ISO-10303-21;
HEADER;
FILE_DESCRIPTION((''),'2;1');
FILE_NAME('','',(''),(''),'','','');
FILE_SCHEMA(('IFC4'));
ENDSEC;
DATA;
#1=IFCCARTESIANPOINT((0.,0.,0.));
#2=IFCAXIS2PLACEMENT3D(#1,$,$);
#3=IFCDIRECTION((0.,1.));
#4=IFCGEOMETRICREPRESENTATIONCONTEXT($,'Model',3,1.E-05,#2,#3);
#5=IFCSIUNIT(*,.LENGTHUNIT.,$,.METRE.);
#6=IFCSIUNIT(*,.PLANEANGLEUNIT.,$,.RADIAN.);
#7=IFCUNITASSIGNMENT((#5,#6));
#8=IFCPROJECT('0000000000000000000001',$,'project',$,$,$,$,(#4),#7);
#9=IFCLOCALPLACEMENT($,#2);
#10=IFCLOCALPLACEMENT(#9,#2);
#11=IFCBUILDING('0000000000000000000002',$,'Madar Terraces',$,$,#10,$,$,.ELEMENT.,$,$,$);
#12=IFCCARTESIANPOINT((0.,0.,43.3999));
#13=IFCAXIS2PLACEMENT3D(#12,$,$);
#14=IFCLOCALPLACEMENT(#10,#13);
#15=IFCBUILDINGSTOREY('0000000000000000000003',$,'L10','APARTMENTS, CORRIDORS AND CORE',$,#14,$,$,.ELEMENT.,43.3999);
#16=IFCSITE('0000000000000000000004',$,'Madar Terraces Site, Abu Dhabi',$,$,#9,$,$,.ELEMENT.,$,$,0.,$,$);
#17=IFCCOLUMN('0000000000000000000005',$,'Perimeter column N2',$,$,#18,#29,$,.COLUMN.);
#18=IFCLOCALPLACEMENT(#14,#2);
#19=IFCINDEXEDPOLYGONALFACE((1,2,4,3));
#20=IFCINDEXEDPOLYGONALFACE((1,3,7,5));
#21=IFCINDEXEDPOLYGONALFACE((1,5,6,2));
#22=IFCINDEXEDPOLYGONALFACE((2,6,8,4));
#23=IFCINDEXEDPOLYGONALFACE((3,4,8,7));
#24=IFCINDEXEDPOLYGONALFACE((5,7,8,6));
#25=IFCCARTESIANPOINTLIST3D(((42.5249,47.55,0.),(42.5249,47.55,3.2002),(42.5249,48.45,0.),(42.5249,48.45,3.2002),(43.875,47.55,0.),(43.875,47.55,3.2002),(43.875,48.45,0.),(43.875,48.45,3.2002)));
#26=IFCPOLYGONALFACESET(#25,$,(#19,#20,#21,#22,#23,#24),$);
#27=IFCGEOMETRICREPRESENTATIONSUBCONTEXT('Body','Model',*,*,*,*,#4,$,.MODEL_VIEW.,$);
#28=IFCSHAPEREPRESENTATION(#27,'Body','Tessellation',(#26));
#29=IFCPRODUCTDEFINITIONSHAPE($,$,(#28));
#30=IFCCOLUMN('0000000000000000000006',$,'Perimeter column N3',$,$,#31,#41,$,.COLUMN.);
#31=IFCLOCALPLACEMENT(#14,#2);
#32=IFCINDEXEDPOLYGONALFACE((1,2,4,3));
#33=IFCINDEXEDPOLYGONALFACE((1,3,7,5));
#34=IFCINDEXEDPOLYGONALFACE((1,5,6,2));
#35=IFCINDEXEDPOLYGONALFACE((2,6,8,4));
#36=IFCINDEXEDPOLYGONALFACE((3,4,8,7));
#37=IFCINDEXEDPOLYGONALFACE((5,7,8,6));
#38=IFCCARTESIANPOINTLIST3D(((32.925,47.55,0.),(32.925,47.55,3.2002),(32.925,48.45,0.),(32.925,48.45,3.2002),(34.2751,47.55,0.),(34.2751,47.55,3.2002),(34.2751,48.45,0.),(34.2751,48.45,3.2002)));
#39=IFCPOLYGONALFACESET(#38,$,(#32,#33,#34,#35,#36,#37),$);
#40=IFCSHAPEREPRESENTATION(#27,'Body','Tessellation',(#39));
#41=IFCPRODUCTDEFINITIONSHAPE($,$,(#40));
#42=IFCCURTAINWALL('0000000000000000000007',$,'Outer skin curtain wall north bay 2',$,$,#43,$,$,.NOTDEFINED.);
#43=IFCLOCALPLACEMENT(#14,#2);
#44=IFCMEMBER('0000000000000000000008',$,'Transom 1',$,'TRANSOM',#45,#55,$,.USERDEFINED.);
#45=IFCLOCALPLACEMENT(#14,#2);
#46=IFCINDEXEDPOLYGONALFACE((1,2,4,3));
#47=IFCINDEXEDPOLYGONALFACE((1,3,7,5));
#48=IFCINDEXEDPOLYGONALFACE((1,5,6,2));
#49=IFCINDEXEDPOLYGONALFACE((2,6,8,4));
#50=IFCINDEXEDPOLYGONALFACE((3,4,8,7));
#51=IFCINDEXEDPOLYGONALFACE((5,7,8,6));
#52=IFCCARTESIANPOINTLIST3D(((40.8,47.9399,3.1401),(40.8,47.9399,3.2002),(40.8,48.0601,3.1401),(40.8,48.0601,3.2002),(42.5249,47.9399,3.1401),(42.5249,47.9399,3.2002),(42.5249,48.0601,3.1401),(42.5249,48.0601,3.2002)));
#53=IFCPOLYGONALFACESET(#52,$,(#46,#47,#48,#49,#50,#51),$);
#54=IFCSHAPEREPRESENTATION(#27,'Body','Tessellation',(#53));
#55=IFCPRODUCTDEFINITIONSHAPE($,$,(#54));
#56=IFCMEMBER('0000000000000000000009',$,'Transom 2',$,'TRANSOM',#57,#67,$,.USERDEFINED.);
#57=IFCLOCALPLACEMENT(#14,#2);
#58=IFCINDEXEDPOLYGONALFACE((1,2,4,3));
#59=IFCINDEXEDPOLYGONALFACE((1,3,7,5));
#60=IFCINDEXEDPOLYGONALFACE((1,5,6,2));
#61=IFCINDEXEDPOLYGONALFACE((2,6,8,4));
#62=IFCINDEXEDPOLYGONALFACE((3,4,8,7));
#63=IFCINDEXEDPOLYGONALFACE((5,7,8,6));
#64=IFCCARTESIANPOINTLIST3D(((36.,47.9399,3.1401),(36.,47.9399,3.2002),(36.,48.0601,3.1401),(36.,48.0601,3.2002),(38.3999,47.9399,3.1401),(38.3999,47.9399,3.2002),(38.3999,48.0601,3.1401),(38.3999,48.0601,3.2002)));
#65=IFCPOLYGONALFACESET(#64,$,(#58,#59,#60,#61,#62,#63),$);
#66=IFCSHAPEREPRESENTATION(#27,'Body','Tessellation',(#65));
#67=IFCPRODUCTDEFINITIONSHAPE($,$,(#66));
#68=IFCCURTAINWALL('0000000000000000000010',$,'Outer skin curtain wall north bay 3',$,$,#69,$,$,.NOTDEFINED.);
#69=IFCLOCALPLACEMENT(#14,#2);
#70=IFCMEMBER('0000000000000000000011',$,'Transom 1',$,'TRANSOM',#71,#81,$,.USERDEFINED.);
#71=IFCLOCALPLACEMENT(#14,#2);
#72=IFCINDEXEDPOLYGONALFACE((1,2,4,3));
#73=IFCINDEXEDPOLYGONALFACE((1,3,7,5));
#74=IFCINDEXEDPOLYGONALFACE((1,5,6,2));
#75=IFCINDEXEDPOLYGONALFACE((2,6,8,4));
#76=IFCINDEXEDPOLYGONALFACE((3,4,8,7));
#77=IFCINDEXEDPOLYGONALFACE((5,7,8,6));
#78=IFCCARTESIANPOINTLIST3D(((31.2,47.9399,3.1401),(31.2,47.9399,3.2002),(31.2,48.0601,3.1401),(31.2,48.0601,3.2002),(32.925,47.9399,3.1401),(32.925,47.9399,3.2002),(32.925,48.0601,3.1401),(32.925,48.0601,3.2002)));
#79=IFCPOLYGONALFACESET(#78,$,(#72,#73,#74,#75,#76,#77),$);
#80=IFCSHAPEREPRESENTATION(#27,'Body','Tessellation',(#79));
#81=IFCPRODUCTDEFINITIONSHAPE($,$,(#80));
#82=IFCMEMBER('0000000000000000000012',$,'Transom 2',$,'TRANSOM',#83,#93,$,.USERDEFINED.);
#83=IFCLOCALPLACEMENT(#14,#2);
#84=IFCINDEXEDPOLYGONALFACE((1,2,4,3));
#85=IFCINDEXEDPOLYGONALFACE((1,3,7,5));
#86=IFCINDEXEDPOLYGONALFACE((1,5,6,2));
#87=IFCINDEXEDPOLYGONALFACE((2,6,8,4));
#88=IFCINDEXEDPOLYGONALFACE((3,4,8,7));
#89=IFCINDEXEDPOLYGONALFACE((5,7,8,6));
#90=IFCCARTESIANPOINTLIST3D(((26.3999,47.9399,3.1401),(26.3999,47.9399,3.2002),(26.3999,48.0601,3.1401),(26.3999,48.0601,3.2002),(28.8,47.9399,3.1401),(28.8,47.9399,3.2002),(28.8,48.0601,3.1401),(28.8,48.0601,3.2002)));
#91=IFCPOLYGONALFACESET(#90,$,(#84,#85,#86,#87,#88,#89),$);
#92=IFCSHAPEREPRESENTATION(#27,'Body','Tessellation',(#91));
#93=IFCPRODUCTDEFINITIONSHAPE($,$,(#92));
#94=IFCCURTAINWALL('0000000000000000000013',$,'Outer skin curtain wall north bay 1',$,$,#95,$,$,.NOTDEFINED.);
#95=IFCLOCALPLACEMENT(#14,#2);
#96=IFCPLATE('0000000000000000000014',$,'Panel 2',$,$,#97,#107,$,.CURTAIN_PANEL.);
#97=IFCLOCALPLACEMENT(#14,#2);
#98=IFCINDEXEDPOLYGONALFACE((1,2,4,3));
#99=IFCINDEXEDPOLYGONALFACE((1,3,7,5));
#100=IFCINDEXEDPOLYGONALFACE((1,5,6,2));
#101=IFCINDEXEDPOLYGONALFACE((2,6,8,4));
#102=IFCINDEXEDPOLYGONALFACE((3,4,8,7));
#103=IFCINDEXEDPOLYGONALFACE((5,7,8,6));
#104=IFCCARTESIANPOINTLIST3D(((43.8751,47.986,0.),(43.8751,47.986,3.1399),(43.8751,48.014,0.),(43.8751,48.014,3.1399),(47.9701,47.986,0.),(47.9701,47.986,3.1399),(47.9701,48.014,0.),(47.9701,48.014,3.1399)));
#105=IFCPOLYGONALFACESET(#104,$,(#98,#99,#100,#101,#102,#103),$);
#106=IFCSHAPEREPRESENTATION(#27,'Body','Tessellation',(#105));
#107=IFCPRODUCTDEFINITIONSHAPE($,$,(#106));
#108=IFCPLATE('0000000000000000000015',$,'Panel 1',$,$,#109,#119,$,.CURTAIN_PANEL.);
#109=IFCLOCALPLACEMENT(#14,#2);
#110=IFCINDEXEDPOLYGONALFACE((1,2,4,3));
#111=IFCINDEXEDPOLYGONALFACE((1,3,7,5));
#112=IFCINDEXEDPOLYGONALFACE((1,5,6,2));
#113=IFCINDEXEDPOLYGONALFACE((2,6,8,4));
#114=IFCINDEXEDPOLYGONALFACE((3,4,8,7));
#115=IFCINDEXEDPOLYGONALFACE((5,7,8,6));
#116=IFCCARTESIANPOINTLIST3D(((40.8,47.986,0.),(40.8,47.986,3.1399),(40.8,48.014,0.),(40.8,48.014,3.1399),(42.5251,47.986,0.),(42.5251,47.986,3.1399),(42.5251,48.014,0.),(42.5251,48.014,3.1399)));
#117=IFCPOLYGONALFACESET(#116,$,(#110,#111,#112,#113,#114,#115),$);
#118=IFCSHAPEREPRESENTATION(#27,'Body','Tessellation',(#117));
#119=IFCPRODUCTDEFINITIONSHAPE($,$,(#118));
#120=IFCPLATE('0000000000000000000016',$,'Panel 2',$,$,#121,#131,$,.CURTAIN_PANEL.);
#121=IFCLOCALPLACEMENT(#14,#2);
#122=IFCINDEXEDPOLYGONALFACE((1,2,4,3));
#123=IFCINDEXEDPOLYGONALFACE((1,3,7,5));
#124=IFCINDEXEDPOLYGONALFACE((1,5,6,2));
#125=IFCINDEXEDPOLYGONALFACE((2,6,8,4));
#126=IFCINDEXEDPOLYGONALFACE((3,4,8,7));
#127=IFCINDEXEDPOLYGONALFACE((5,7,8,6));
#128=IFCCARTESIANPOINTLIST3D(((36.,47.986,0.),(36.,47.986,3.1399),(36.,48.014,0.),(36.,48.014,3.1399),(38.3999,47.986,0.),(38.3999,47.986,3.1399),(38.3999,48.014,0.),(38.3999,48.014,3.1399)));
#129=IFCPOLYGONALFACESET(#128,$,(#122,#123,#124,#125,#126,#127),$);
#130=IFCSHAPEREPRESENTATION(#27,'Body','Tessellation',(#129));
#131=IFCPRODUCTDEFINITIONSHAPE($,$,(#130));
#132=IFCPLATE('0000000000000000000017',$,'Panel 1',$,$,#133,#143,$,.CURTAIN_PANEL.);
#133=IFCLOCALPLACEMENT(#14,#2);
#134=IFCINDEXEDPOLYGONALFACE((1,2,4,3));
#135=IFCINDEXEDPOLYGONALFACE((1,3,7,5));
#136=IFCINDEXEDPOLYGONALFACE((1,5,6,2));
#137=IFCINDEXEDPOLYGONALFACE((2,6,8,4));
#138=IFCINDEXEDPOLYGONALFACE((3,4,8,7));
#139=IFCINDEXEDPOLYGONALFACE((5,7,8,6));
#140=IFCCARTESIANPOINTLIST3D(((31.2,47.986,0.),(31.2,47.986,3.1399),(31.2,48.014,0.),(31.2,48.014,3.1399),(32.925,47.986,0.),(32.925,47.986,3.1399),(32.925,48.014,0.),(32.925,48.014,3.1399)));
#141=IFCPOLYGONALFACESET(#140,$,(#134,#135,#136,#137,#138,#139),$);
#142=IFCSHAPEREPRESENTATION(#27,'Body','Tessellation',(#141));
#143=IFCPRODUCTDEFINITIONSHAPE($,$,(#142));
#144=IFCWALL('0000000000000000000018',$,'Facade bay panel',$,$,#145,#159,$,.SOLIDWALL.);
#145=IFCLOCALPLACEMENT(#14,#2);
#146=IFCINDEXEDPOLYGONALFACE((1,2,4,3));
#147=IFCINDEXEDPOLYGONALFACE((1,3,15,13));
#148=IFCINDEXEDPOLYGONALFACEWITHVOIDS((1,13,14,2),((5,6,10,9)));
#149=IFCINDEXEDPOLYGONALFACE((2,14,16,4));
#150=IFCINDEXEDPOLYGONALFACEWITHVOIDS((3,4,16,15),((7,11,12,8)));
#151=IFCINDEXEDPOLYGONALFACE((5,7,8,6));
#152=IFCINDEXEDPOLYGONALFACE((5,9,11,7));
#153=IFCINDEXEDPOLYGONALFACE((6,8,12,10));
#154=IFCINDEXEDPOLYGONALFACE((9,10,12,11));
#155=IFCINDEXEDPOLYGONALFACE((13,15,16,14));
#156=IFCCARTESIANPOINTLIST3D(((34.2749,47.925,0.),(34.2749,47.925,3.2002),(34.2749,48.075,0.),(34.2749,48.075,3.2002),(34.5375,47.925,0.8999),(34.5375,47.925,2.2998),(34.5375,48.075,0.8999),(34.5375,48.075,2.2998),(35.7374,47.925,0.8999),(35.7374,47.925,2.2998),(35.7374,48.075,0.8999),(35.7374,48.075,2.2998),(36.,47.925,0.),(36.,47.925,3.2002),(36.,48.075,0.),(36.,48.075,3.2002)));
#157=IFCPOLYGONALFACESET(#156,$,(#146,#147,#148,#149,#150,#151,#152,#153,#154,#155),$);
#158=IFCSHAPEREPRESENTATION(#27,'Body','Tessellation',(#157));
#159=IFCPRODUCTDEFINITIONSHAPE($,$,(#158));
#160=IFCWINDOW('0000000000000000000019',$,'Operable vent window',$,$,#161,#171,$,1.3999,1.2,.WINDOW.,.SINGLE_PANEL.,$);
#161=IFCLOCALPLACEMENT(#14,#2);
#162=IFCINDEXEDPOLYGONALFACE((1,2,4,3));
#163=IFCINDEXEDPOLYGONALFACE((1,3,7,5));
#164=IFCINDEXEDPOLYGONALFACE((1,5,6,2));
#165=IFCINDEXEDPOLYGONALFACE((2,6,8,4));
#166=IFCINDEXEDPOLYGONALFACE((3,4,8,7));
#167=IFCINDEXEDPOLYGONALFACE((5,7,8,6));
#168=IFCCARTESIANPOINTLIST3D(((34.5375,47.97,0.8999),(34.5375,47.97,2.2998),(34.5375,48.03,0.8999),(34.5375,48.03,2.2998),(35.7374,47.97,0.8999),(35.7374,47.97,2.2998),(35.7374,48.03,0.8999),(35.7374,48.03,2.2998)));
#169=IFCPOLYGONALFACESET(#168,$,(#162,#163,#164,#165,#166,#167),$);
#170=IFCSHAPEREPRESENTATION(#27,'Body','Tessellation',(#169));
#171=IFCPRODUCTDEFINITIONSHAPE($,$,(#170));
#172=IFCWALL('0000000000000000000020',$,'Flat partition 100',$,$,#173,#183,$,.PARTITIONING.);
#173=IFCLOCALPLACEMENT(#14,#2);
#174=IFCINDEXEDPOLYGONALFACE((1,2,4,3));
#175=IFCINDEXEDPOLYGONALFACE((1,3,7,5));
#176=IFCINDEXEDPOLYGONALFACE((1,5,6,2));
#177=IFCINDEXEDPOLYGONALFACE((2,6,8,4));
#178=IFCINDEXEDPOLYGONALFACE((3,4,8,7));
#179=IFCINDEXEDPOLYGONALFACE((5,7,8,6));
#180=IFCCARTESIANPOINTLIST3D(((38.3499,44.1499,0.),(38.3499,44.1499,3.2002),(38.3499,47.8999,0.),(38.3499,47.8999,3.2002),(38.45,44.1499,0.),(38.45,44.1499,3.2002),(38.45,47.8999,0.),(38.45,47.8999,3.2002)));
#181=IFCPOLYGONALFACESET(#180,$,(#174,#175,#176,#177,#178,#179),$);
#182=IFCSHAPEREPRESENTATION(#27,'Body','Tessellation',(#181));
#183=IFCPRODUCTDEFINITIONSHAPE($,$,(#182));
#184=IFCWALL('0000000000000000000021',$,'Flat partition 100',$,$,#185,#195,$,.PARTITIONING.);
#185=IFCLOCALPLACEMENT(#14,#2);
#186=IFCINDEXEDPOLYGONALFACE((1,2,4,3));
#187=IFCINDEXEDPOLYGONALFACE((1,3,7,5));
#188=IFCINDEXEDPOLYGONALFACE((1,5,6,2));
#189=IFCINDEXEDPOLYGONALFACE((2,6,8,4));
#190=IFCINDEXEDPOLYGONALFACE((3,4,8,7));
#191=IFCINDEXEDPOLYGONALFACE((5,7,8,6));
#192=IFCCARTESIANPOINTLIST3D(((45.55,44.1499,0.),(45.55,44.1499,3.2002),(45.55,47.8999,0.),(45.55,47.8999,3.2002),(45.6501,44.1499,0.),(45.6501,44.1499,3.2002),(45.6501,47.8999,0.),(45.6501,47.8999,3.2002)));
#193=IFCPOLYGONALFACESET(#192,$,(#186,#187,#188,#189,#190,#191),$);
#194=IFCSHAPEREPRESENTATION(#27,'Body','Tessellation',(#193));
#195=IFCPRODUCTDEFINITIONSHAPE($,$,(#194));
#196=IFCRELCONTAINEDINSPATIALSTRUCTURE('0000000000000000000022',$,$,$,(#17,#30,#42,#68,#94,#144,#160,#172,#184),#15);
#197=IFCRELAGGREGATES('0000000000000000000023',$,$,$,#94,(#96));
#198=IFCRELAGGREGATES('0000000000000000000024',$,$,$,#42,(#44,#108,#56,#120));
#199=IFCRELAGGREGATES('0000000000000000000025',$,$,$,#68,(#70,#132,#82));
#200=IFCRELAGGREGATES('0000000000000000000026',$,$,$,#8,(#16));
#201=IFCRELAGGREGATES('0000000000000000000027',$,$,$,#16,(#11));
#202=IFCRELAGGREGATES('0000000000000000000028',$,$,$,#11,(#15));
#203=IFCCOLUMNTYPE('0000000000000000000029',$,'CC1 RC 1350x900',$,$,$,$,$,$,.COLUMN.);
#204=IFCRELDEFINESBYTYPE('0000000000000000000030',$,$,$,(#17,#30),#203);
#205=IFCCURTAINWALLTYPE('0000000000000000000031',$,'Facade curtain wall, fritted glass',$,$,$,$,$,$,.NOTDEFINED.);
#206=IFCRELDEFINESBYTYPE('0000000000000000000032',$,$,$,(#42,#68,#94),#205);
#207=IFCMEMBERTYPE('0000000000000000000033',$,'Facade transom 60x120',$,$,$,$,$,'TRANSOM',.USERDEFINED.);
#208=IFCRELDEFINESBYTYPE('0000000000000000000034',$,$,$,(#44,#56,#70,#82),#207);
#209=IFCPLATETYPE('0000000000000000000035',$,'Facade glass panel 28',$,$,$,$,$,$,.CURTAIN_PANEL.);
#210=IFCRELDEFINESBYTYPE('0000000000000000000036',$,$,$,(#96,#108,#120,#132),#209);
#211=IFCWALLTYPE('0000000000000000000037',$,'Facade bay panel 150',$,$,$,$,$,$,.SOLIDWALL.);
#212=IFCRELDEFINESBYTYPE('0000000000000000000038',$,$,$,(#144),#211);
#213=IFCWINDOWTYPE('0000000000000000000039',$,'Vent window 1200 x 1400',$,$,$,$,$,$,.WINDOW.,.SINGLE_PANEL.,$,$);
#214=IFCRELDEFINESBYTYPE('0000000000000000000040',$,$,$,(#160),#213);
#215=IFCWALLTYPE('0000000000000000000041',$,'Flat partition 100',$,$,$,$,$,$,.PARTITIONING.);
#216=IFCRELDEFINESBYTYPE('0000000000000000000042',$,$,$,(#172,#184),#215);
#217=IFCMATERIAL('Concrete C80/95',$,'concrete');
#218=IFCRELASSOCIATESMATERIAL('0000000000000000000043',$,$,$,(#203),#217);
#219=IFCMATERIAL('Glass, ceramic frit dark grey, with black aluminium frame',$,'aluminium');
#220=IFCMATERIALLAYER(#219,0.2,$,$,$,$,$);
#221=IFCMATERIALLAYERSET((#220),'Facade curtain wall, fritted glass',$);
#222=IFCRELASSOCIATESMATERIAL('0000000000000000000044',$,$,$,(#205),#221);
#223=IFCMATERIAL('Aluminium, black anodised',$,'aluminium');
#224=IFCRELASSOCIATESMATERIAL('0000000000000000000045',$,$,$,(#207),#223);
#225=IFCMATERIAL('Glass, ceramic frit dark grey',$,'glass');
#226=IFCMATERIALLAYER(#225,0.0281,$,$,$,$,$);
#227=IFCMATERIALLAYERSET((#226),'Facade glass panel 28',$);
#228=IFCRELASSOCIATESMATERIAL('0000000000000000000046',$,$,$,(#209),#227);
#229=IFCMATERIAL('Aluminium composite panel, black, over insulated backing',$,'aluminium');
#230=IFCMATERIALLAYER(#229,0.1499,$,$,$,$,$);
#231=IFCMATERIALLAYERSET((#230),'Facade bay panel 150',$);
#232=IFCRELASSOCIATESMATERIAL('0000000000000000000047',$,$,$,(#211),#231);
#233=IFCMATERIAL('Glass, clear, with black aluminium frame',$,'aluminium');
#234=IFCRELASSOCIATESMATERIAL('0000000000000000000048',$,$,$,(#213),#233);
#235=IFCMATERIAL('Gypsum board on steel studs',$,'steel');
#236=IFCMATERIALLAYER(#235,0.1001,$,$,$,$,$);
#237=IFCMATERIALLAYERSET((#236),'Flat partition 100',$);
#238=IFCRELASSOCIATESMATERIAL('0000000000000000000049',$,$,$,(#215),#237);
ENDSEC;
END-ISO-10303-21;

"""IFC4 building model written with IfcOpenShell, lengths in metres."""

from ifc_helpers import new_model, si_unit, direction, frame, frame_2d, origin, origin_2d, place, context, subcontext, project, spatial, rectangle, extrude, material, layer, layer_set, material_profile, profile_set, type_object, element, fill, aggregate, save


model = new_model("IFC4")

# Units and contexts
model_context = context("Model", 3, precision=1e-05, world=origin(), true_north=direction((0.0, 1.0)))
body_context = subcontext(model_context, "Body", "Model", "MODEL_VIEW")
ifc_project = project(units=[si_unit("LENGTHUNIT", "METRE"), si_unit("PLANEANGLEUNIT", "RADIAN")], contexts=[model_context])

# Site, building, storey
site_placement = place(None, origin())
site = spatial("IfcSite", under=ifc_project, at=site_placement, Name="Madar Terraces Site, Abu Dhabi", CompositionType="ELEMENT", RefElevation=0.0)
building_placement = place(site_placement, origin())
building = spatial("IfcBuilding", under=site, at=building_placement, Name="Madar Terraces", CompositionType="ELEMENT")
storey_placement = place(building_placement, frame((0.0, 0.0, 43.3999)))
storey = spatial("IfcBuildingStorey", under=building, at=storey_placement, Name="L10", Description="APARTMENTS, CORRIDORS AND CORE", CompositionType="ELEMENT", Elevation=43.3999)

# Columns
ifc_material_1 = material(Name="Concrete C80/95", Category="concrete")
ifc_material_profile_1 = material_profile(ifc_material_1, rectangle(XDim=1.3501, YDim=0.8999, at=origin_2d()), Name="CC1 RC 1350x900")
ifc_profile_set_1 = profile_set([ifc_material_profile_1], Name="Concrete C80/95")
column_type = type_object("IfcColumnType", Name="CC1 RC 1350x900", PredefinedType="COLUMN", material=ifc_profile_set_1)
for number, where, z_axis, x_axis, name in (
    (1, (43.2, 48.0, 0.0), (0.0, 0.0, 1.0), (1.0, 0.0, 0.0), "Perimeter column N2"),
    (2, (33.6001, 48.0, 0.0), (0.0, 0.0, 1.0), (1.0, 0.0, 0.0), "Perimeter column N3"),
):
    element("IfcColumn", number, at=place(storey_placement, frame(where, z_axis=z_axis, x_axis=x_axis)), inside=storey, type_object=column_type, Name=name, PredefinedType="COLUMN", context=body_context, shape_type="SweptSolid", body=[
        extrude(rectangle(XDim=1.3501, YDim=0.8999, at=origin_2d()), origin(), (0.0, 0.0, 1.0), 3.2002),
    ])

# Curtain walls, members
ifc_material_2 = material(Name="Glass, ceramic frit dark grey, with black aluminium frame", Category="aluminium")
ifc_layer_1 = layer(ifc_material_2, 0.2)
ifc_layer_set_1 = layer_set([ifc_layer_1], Name="Facade curtain wall, fritted glass")
curtain_wall_type = type_object("IfcCurtainWallType", Name="Facade curtain wall, fritted glass", PredefinedType="NOTDEFINED", material=ifc_layer_set_1)
curtain_wall_1_placement = place(storey_placement, origin())
curtain_wall_1 = element("IfcCurtainWall", 3, at=curtain_wall_1_placement, inside=storey, type_object=curtain_wall_type, Name="Outer skin curtain wall north bay 2", PredefinedType="NOTDEFINED")
ifc_material_3 = material(Name="Aluminium, black anodised", Category="aluminium")
ifc_material_profile_2 = material_profile(ifc_material_3, rectangle(XDim=0.1201, YDim=0.0601, at=origin_2d()), Name="Facade transom 60x120")
ifc_profile_set_2 = profile_set([ifc_material_profile_2], Name="Aluminium, black anodised")
member_type = type_object("IfcMemberType", Name="Facade transom 60x120", ElementType="TRANSOM", PredefinedType="USERDEFINED", material=ifc_profile_set_2)
member_1_placement = place(storey_placement, frame((42.5249, 48.0, 3.1702), z_axis=(-1.0, 0.0, 0.0), x_axis=(0.0, -1.0, 0.0)))
member_1 = element("IfcMember", 4, at=member_1_placement, type_object=member_type, Name="Transom 1", ObjectType="TRANSOM", PredefinedType="USERDEFINED", context=body_context, shape_type="SweptSolid", body=[
    extrude(rectangle(XDim=0.1201, YDim=0.0601, at=origin_2d()), origin(), (0.0, 0.0, 1.0), 1.7249),
])
member_2_placement = place(storey_placement, frame((38.3999, 48.0, 3.1702), z_axis=(-1.0, 0.0, 0.0), x_axis=(0.0, -1.0, 0.0)))
member_2 = element("IfcMember", 5, at=member_2_placement, type_object=member_type, Name="Transom 2", ObjectType="TRANSOM", PredefinedType="USERDEFINED", context=body_context, shape_type="SweptSolid", body=[
    extrude(rectangle(XDim=0.1201, YDim=0.0601, at=origin_2d()), origin(), (0.0, 0.0, 1.0), 2.3999),
])
curtain_wall_2_placement = place(storey_placement, origin())
curtain_wall_2 = element("IfcCurtainWall", 6, at=curtain_wall_2_placement, inside=storey, type_object=curtain_wall_type, Name="Outer skin curtain wall north bay 3", PredefinedType="NOTDEFINED")
member_3_placement = place(storey_placement, frame((32.925, 48.0, 3.1702), z_axis=(-1.0, 0.0, 0.0), x_axis=(0.0, -1.0, 0.0)))
member_3 = element("IfcMember", 7, at=member_3_placement, type_object=member_type, Name="Transom 1", ObjectType="TRANSOM", PredefinedType="USERDEFINED", context=body_context, shape_type="SweptSolid", body=[
    extrude(rectangle(XDim=0.1201, YDim=0.0601, at=origin_2d()), origin(), (0.0, 0.0, 1.0), 1.7251),
])
member_4_placement = place(storey_placement, frame((28.8, 48.0, 3.1702), z_axis=(-1.0, 0.0, 0.0), x_axis=(0.0, -1.0, 0.0)))
member_4 = element("IfcMember", 8, at=member_4_placement, type_object=member_type, Name="Transom 2", ObjectType="TRANSOM", PredefinedType="USERDEFINED", context=body_context, shape_type="SweptSolid", body=[
    extrude(rectangle(XDim=0.1201, YDim=0.0601, at=origin_2d()), origin(), (0.0, 0.0, 1.0), 2.4001),
])

# Curtain wall, plate
curtain_wall_3_placement = place(storey_placement, origin())
curtain_wall_3 = element("IfcCurtainWall", 9, at=curtain_wall_3_placement, inside=storey, type_object=curtain_wall_type, Name="Outer skin curtain wall north bay 1", PredefinedType="NOTDEFINED")
ifc_material_4 = material(Name="Glass, ceramic frit dark grey", Category="glass")
ifc_layer_2 = layer(ifc_material_4, 0.0281)
ifc_layer_set_2 = layer_set([ifc_layer_2], Name="Facade glass panel 28")
plate_type = type_object("IfcPlateType", Name="Facade glass panel 28", PredefinedType="CURTAIN_PANEL", material=ifc_layer_set_2)
plate_1_placement = place(storey_placement, frame((45.9226, 48.0, 0.0), z_axis=(0.0, 0.0, 1.0), x_axis=(-1.0, 0.0, 0.0)))
plate_1 = element("IfcPlate", 10, at=plate_1_placement, type_object=plate_type, Name="Panel 2", PredefinedType="CURTAIN_PANEL", context=body_context, shape_type="SweptSolid", body=[
    extrude(rectangle(XDim=4.095, YDim=0.0281, at=origin_2d()), origin(), (0.0, 0.0, 1.0), 3.1399),
])
aggregate(curtain_wall_3, [plate_1])

# Plates
plate_2_placement = place(storey_placement, frame((41.6626, 48.0, 0.0), z_axis=(0.0, 0.0, 1.0), x_axis=(-1.0, 0.0, 0.0)))
plate_2 = element("IfcPlate", 11, at=plate_2_placement, type_object=plate_type, Name="Panel 1", PredefinedType="CURTAIN_PANEL", context=body_context, shape_type="SweptSolid", body=[
    extrude(rectangle(XDim=1.7251, YDim=0.0281, at=origin_2d()), origin(), (0.0, 0.0, 1.0), 3.1399),
])
plate_3_placement = place(storey_placement, frame((37.2, 48.0, 0.0), z_axis=(0.0, 0.0, 1.0), x_axis=(-1.0, 0.0, 0.0)))
plate_3 = element("IfcPlate", 12, at=plate_3_placement, type_object=plate_type, Name="Panel 2", PredefinedType="CURTAIN_PANEL", context=body_context, shape_type="SweptSolid", body=[
    extrude(rectangle(XDim=2.3999, YDim=0.0281, at=origin_2d()), origin(), (0.0, 0.0, 1.0), 3.1399),
])
aggregate(curtain_wall_1, [member_1, plate_2, member_2, plate_3])
plate_4_placement = place(storey_placement, frame((32.0625, 48.0, 0.0), z_axis=(0.0, 0.0, 1.0), x_axis=(-1.0, 0.0, 0.0)))
plate_4 = element("IfcPlate", 13, at=plate_4_placement, type_object=plate_type, Name="Panel 1", PredefinedType="CURTAIN_PANEL", context=body_context, shape_type="SweptSolid", body=[
    extrude(rectangle(XDim=1.7251, YDim=0.0281, at=origin_2d()), origin(), (0.0, 0.0, 1.0), 3.1399),
])
aggregate(curtain_wall_2, [member_3, plate_4, member_4])

# Shared definitions
ifc_material_5 = material(Name="Aluminium composite panel, black, over insulated backing", Category="aluminium")
ifc_layer_3 = layer(ifc_material_5, 0.1499)
ifc_layer_set_3 = layer_set([ifc_layer_3], Name="Facade bay panel 150")
wall_type_1 = type_object("IfcWallType", Name="Facade bay panel 150", PredefinedType="SOLIDWALL", material=ifc_layer_set_3)

# Wall, opening, window
wall_1_placement = place(storey_placement, frame((36.0, 48.0, 0.0), z_axis=(0.0, 0.0, 1.0), x_axis=(-1.0, 0.0, 0.0)))
wall_1 = element("IfcWall", 14, at=wall_1_placement, inside=storey, type_object=wall_type_1, Name="Facade bay panel", PredefinedType="SOLIDWALL", context=body_context, shape_type="SweptSolid", body=[
    extrude(rectangle(XDim=1.7251, YDim=0.1499, at=frame_2d((0.8625, 0.0))), origin(), (0.0, 0.0, 1.0), 3.2002),
])
opening_1_placement = place(wall_1_placement, frame((0.2625, 0.0, 0.8999)))
opening_1 = element("IfcOpeningElement", 15, at=opening_1_placement, cuts=wall_1, PredefinedType="OPENING", context=body_context, shape_type="SweptSolid", body=[
    extrude(rectangle(XDim=1.2, YDim=1.3999, at=frame_2d((0.6001, 0.7))), frame((0.0, 0.085, 0.0), z_axis=(0.0, -1.0, 0.0), x_axis=(1.0, 0.0, 0.0)), (0.0, 0.0, 1.0), 0.1699),
])
ifc_material_6 = material(Name="Glass, clear, with black aluminium frame", Category="aluminium")
window_type = type_object("IfcWindowType", Name="Vent window 1200 x 1400", PartitioningType="SINGLE_PANEL", PredefinedType="WINDOW", material=ifc_material_6)
window_placement = place(opening_1_placement, origin())
window = element("IfcWindow", 16, at=window_placement, inside=storey, type_object=window_type, Name="Operable vent window", OverallHeight=1.3999, OverallWidth=1.2, PartitioningType="SINGLE_PANEL", PredefinedType="WINDOW", context=body_context, shape_type="SweptSolid", body=[
    extrude(rectangle(XDim=1.2, YDim=1.3999, at=frame_2d((0.6001, 0.7))), frame((0.0, 0.03, 0.0), z_axis=(0.0, -1.0, 0.0), x_axis=(1.0, 0.0, 0.0)), (0.0, 0.0, 1.0), 0.0601),
])
fill(opening_1, window)

# Walls
ifc_material_7 = material(Name="Gypsum board on steel studs", Category="steel")
ifc_layer_4 = layer(ifc_material_7, 0.1001)
ifc_layer_set_4 = layer_set([ifc_layer_4], Name="Flat partition 100")
wall_type_2 = type_object("IfcWallType", Name="Flat partition 100", PredefinedType="PARTITIONING", material=ifc_layer_set_4)
for number, where, z_axis, x_axis, name in (
    (17, (38.3999, 44.1499, 0.0), (0.0, 0.0, 1.0), (0.0, 1.0, 0.0), "Flat partition 100"),
    (18, (45.6001, 44.1499, 0.0), (0.0, 0.0, 1.0), (0.0, 1.0, 0.0), "Flat partition 100"),
):
    element("IfcWall", number, at=place(storey_placement, frame(where, z_axis=z_axis, x_axis=x_axis)), inside=storey, type_object=wall_type_2, Name=name, PredefinedType="PARTITIONING", context=body_context, shape_type="SweptSolid", body=[
        extrude(rectangle(XDim=3.75, YDim=0.1001, at=frame_2d((1.875, 0.0))), origin(), (0.0, 0.0, 1.0), 3.2002),
    ])

save(model, "model.ifc")
